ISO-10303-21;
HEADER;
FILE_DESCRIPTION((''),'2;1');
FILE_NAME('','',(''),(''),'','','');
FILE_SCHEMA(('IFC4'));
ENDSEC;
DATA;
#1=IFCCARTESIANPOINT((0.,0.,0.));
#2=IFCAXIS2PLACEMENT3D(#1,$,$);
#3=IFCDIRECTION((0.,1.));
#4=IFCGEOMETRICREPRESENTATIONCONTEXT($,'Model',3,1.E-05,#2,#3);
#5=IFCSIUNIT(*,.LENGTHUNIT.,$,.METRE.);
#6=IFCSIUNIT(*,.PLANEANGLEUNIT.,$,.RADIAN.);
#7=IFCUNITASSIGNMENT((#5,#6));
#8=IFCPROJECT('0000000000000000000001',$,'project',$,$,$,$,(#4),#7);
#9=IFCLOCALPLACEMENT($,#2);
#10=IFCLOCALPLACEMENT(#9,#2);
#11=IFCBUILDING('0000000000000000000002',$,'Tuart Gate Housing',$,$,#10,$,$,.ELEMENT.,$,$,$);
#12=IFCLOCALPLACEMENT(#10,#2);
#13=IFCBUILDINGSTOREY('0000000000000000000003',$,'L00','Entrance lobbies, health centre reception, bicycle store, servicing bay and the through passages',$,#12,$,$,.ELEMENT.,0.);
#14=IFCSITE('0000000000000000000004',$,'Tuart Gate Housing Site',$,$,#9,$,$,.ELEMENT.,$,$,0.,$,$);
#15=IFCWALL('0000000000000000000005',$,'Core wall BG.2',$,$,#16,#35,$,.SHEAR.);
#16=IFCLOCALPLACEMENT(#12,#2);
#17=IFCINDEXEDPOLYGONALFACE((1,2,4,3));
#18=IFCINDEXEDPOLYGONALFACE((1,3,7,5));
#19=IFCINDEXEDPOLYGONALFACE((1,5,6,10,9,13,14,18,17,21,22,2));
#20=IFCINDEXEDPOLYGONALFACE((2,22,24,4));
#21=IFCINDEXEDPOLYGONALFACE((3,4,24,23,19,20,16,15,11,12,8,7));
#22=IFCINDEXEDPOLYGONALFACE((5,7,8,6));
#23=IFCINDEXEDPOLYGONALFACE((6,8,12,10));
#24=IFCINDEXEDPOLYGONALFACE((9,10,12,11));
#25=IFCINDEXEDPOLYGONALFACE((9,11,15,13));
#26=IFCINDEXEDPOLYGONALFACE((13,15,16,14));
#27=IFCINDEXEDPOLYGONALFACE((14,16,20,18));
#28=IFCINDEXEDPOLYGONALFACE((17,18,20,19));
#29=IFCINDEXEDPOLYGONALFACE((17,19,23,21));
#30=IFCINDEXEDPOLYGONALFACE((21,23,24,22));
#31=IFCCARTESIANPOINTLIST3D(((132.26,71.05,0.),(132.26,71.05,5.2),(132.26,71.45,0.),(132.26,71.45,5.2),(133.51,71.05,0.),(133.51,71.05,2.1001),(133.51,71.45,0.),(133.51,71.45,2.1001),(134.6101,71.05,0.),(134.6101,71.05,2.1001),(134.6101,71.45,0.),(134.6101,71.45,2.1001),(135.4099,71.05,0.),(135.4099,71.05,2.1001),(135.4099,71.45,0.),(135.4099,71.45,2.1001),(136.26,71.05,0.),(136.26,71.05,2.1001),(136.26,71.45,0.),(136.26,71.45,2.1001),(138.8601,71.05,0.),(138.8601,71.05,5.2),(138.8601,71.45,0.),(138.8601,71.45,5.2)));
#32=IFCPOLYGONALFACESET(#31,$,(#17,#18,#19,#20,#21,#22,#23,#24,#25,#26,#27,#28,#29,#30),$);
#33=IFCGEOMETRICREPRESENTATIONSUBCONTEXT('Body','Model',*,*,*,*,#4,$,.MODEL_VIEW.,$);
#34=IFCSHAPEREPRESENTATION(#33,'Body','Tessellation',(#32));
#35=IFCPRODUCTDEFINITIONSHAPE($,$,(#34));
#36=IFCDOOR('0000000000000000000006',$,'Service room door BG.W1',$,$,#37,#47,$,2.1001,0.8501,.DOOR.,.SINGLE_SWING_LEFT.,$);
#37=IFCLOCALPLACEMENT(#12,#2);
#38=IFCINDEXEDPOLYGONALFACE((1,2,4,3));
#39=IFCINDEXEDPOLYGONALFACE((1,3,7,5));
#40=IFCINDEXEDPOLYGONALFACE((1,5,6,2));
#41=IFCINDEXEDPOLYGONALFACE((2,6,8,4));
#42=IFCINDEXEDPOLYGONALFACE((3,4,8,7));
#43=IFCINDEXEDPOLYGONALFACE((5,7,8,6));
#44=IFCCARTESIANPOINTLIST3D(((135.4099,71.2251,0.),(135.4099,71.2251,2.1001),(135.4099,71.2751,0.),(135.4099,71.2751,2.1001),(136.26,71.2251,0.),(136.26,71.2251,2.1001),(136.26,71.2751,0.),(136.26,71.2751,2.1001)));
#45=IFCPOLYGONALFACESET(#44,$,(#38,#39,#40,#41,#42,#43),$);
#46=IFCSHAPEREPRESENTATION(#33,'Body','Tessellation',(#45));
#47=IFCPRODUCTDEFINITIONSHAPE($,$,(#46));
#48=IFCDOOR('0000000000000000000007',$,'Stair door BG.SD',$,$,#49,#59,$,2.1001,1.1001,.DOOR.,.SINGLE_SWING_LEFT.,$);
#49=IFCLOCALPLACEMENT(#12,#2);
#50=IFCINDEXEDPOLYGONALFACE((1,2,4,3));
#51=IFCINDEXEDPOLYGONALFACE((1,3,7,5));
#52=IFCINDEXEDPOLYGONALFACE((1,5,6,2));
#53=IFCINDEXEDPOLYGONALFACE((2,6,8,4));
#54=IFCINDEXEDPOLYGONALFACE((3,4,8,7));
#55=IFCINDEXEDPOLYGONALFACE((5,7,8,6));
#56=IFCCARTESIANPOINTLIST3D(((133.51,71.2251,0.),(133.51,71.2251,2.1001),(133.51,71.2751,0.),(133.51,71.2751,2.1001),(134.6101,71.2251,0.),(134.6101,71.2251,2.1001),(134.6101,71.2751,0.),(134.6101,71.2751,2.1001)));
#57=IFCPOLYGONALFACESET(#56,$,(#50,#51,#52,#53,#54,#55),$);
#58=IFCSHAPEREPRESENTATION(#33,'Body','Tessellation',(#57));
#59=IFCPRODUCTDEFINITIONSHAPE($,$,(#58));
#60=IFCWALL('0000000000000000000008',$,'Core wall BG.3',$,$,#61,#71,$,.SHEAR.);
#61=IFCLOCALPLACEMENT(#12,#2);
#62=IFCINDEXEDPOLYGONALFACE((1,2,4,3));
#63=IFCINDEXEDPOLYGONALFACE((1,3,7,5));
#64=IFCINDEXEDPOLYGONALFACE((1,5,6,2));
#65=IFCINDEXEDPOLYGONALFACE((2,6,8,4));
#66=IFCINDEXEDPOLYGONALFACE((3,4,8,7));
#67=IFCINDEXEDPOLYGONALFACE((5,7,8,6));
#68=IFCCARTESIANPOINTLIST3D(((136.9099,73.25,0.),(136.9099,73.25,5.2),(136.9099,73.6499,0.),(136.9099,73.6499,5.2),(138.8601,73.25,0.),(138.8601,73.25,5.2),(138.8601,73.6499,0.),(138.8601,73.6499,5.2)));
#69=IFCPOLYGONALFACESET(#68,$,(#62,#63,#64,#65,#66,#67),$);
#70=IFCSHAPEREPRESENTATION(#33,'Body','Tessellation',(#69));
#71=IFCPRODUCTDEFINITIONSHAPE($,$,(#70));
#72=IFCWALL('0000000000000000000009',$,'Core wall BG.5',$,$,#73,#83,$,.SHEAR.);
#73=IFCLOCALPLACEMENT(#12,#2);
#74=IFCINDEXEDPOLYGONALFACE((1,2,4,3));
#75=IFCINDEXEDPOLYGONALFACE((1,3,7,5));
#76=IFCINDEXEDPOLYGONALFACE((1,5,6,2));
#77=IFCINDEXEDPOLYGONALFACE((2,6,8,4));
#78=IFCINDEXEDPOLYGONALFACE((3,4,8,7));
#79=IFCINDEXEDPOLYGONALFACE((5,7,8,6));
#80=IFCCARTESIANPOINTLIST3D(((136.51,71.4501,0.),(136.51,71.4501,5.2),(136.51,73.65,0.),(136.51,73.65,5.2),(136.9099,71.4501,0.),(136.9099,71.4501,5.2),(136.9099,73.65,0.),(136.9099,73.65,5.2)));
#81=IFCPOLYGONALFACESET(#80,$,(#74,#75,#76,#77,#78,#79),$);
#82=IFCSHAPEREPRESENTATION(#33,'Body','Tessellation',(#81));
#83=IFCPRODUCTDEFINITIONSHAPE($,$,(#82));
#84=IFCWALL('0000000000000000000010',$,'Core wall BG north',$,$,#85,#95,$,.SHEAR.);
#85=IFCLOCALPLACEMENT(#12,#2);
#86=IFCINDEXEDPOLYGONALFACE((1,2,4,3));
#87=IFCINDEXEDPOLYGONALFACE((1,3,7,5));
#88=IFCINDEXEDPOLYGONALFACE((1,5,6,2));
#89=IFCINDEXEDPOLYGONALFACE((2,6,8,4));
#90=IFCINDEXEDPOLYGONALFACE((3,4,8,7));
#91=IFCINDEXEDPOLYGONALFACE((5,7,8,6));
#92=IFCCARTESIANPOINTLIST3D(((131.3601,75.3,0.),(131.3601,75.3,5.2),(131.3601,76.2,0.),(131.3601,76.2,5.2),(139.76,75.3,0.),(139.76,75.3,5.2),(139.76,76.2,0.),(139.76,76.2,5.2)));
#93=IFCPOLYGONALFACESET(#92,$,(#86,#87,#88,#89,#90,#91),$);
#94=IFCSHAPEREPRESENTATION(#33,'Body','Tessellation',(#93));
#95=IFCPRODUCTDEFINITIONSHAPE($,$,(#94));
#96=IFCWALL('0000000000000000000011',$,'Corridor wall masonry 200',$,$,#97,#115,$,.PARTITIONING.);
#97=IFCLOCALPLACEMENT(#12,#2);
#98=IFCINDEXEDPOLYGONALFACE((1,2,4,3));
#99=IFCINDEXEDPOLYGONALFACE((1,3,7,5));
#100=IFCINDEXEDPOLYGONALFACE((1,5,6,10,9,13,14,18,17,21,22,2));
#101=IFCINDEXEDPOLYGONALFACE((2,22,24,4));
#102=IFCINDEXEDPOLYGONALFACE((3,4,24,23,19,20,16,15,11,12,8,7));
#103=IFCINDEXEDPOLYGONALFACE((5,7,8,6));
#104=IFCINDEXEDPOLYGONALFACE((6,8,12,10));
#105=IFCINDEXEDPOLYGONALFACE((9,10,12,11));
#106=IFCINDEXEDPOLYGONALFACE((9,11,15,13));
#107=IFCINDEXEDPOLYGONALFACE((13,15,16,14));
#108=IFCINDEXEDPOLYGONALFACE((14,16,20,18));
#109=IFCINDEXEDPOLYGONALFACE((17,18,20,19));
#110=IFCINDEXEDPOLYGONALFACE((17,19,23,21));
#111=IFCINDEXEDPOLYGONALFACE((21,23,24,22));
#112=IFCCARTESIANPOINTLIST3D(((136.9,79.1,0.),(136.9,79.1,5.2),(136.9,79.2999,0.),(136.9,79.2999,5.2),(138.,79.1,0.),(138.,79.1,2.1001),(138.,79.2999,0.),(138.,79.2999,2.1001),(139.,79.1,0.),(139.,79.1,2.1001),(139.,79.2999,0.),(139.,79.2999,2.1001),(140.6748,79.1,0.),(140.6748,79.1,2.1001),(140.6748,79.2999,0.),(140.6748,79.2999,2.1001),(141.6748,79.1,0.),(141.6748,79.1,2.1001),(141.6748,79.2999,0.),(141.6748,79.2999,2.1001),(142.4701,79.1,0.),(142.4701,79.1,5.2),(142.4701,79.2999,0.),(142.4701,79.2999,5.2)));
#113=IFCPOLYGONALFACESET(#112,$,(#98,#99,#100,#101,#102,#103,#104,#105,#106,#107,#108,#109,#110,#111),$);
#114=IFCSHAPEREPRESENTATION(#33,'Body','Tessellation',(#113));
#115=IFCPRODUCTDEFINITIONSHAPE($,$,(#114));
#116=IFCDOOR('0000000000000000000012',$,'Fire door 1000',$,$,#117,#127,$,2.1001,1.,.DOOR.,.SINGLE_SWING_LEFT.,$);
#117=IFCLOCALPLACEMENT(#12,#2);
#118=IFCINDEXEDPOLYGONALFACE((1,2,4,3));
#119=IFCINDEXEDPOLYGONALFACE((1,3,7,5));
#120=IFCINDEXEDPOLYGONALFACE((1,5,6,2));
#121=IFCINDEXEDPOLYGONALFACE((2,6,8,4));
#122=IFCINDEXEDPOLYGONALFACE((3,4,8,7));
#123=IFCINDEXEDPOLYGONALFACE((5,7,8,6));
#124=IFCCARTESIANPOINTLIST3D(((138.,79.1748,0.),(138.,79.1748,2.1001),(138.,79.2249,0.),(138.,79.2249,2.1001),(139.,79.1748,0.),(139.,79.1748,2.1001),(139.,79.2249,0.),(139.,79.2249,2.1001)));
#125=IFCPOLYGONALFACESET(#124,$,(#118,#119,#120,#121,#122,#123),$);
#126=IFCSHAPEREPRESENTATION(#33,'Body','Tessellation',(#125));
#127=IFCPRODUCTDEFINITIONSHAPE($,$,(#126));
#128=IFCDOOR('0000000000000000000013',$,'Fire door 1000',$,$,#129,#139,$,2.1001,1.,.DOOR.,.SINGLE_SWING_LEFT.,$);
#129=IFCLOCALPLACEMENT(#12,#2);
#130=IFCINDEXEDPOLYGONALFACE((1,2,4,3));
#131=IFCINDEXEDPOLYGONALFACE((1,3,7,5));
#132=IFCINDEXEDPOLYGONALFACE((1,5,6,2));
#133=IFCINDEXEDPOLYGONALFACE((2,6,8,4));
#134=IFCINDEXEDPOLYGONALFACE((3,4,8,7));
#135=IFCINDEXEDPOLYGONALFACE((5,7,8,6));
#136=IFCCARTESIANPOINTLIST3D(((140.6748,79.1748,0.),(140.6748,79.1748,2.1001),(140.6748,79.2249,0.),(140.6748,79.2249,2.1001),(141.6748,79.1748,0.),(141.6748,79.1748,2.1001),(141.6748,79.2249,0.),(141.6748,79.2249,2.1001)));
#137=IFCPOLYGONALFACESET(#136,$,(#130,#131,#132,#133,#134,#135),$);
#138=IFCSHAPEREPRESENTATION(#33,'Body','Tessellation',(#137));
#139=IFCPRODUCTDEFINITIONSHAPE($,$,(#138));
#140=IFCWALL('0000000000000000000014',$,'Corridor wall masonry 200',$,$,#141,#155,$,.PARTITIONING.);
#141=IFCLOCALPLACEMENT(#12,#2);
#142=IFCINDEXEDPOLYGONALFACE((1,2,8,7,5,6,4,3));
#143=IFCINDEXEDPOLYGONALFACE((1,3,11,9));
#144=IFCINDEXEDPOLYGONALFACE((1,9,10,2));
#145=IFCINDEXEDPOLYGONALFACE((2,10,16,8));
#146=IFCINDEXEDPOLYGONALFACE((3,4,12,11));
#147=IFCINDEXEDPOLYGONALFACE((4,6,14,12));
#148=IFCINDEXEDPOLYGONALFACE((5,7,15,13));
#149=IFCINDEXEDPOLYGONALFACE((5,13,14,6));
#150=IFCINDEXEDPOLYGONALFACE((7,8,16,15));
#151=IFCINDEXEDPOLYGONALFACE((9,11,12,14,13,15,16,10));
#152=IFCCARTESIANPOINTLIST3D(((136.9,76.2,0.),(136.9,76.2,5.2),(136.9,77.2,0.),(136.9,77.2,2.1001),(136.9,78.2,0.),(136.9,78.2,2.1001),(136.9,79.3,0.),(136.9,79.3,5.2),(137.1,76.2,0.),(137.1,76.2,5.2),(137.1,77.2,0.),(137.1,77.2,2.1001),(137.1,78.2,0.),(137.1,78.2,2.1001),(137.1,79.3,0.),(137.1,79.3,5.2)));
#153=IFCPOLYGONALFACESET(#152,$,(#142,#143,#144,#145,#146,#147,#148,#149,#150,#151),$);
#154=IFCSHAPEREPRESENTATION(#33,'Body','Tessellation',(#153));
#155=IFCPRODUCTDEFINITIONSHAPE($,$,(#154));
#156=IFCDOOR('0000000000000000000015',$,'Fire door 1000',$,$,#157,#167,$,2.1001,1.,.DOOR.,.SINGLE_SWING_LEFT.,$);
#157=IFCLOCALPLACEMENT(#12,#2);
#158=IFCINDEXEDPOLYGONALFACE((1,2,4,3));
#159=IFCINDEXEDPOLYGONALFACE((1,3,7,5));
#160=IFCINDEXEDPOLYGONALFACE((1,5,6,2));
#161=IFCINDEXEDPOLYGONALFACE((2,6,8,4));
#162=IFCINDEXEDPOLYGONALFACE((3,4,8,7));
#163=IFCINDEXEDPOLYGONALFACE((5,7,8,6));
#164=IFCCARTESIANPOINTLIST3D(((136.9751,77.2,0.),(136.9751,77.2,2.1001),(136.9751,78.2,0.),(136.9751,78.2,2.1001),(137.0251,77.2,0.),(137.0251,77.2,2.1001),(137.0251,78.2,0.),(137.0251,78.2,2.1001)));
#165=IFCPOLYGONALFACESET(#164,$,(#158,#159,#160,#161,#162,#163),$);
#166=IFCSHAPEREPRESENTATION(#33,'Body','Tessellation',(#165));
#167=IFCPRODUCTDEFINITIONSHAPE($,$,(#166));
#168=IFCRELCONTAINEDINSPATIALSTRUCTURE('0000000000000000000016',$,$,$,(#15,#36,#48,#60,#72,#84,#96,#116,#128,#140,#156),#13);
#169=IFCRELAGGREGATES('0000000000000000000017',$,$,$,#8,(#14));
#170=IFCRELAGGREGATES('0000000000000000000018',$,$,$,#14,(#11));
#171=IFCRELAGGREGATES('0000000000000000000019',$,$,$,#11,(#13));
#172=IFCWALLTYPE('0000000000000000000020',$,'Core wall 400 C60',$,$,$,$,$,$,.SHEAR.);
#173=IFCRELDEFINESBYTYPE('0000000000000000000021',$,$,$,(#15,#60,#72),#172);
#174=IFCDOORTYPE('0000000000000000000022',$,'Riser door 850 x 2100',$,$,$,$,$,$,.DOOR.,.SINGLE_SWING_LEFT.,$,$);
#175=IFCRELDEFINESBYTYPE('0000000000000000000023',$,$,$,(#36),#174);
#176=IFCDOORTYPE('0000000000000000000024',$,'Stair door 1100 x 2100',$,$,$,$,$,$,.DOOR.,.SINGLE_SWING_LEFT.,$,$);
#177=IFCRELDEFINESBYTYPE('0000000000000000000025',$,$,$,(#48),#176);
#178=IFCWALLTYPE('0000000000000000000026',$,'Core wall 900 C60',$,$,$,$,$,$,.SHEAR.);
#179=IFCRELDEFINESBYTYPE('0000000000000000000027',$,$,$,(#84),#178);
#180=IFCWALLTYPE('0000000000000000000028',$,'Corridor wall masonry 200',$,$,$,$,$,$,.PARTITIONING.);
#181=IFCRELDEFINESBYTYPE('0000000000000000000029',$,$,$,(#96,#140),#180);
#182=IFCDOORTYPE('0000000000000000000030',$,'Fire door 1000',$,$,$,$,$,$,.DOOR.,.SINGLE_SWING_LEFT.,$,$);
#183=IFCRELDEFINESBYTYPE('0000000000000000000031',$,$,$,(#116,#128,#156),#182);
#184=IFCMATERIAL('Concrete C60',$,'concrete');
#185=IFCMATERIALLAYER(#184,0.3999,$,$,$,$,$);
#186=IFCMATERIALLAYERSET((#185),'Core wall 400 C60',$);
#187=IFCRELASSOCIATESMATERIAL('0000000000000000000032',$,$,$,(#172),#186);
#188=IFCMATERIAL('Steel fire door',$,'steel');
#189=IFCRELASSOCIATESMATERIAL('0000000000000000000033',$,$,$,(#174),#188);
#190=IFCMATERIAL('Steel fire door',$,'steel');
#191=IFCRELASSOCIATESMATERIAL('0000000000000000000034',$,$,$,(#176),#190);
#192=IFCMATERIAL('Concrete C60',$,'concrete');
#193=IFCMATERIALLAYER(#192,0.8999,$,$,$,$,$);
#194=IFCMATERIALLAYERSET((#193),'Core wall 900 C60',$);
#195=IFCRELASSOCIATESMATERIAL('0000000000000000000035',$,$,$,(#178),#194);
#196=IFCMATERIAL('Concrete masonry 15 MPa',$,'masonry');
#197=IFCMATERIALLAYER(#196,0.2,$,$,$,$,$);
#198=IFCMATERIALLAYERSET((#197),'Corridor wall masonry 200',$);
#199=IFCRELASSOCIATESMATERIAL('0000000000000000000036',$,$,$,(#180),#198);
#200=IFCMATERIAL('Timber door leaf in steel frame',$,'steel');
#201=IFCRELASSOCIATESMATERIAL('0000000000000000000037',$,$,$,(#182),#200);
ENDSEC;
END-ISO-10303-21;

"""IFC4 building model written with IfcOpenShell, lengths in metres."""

from ifc_helpers import new_model, si_unit, direction, frame, frame_2d, origin, place, context, subcontext, project, spatial, rectangle, extrude, material, layer, layer_set, type_object, element, fill, save


model = new_model("IFC4")

# Units and contexts
model_context = context("Model", 3, precision=1e-05, world=origin(), true_north=direction((0.0, 1.0)))
body_context = subcontext(model_context, "Body", "Model", "MODEL_VIEW")
ifc_project = project(units=[si_unit("LENGTHUNIT", "METRE"), si_unit("PLANEANGLEUNIT", "RADIAN")], contexts=[model_context])

# Site, building, storey
site_placement = place(None, origin())
site = spatial("IfcSite", under=ifc_project, at=site_placement, Name="Tuart Gate Housing Site", CompositionType="ELEMENT", RefElevation=0.0)
building_placement = place(site_placement, origin())
building = spatial("IfcBuilding", under=site, at=building_placement, Name="Tuart Gate Housing", CompositionType="ELEMENT")
storey_placement = place(building_placement, origin())
storey = spatial("IfcBuildingStorey", under=building, at=storey_placement, Name="L00", Description="Entrance lobbies, health centre reception, bicycle store, servicing bay and the through passages", CompositionType="ELEMENT", Elevation=0.0)

# Wall, openings, doors
ifc_material_1 = material(Name="Concrete C60", Category="concrete")
ifc_layer_1 = layer(ifc_material_1, 0.3999)
ifc_layer_set_1 = layer_set([ifc_layer_1], Name="Core wall 400 C60")
wall_type_1 = type_object("IfcWallType", Name="Core wall 400 C60", PredefinedType="SHEAR", material=ifc_layer_set_1)
wall_1_placement = place(storey_placement, frame((138.8601, 71.25, 0.0), z_axis=(0.0, 0.0, 1.0), x_axis=(-1.0, 0.0, 0.0)))
wall_1 = element("IfcWall", 1, at=wall_1_placement, inside=storey, type_object=wall_type_1, Name="Core wall BG.2", PredefinedType="SHEAR", context=body_context, shape_type="SweptSolid", body=[
    extrude(rectangle(XDim=6.6001, YDim=0.3999, at=frame_2d((3.3, 0.0))), origin(), (0.0, 0.0, 1.0), 5.2),
])
opening_1_placement = place(wall_1_placement, frame((4.25, 0.0, 0.0)))
opening_1 = element("IfcOpeningElement", 2, at=opening_1_placement, cuts=wall_1, PredefinedType="OPENING", context=body_context, shape_type="SweptSolid", body=[
    extrude(rectangle(XDim=1.1001, YDim=2.1001, at=frame_2d((0.55, 1.05))), frame((0.0, 0.21, 0.0), z_axis=(0.0, -1.0, 0.0), x_axis=(1.0, 0.0, 0.0)), (0.0, 0.0, 1.0), 0.4199),
])
opening_2_placement = place(wall_1_placement, frame((2.6001, 0.0, 0.0)))
opening_2 = element("IfcOpeningElement", 3, at=opening_2_placement, cuts=wall_1, PredefinedType="OPENING", context=body_context, shape_type="SweptSolid", body=[
    extrude(rectangle(XDim=0.8501, YDim=2.1001, at=frame_2d((0.425, 1.05))), frame((0.0, 0.21, 0.0), z_axis=(0.0, -1.0, 0.0), x_axis=(1.0, 0.0, 0.0)), (0.0, 0.0, 1.0), 0.4199),
])
ifc_material_2 = material(Name="Steel fire door", Category="steel")
door_type_1 = type_object("IfcDoorType", Name="Riser door 850 x 2100", OperationType="SINGLE_SWING_LEFT", PredefinedType="DOOR", material=ifc_material_2)
door_1_placement = place(opening_2_placement, origin())
door_1 = element("IfcDoor", 4, at=door_1_placement, inside=storey, type_object=door_type_1, Name="Service room door BG.W1", OperationType="SINGLE_SWING_LEFT", OverallHeight=2.1001, OverallWidth=0.8501, PredefinedType="DOOR", context=body_context, shape_type="SweptSolid", body=[
    extrude(rectangle(XDim=0.8501, YDim=2.1001, at=frame_2d((0.425, 1.05))), frame((0.0, 0.0249, 0.0), z_axis=(0.0, -1.0, 0.0), x_axis=(1.0, 0.0, 0.0)), (0.0, 0.0, 1.0), 0.05),
])
fill(opening_2, door_1)
ifc_material_3 = material(Name="Steel fire door", Category="steel")
door_type_2 = type_object("IfcDoorType", Name="Stair door 1100 x 2100", OperationType="SINGLE_SWING_LEFT", PredefinedType="DOOR", material=ifc_material_3)
door_2_placement = place(opening_1_placement, origin())
door_2 = element("IfcDoor", 5, at=door_2_placement, inside=storey, type_object=door_type_2, Name="Stair door BG.SD", OperationType="SINGLE_SWING_LEFT", OverallHeight=2.1001, OverallWidth=1.1001, PredefinedType="DOOR", context=body_context, shape_type="SweptSolid", body=[
    extrude(rectangle(XDim=1.1001, YDim=2.1001, at=frame_2d((0.55, 1.05))), frame((0.0, 0.0249, 0.0), z_axis=(0.0, -1.0, 0.0), x_axis=(1.0, 0.0, 0.0)), (0.0, 0.0, 1.0), 0.05),
])
fill(opening_1, door_2)

# Walls
wall_2_placement = place(storey_placement, frame((138.8601, 73.45, 0.0), z_axis=(0.0, 0.0, 1.0), x_axis=(-1.0, 0.0, 0.0)))
element("IfcWall", 6, at=wall_2_placement, inside=storey, type_object=wall_type_1, Name="Core wall BG.3", PredefinedType="SHEAR", context=body_context, shape_type="SweptSolid", body=[
    extrude(rectangle(XDim=1.9502, YDim=0.3999, at=frame_2d((0.9751, 0.0))), origin(), (0.0, 0.0, 1.0), 5.2),
])
wall_3_placement = place(storey_placement, frame((136.71, 71.45, 0.0), z_axis=(0.0, 0.0, 1.0), x_axis=(0.0, 1.0, 0.0)))
element("IfcWall", 7, at=wall_3_placement, inside=storey, type_object=wall_type_1, Name="Core wall BG.5", PredefinedType="SHEAR", context=body_context, shape_type="SweptSolid", body=[
    extrude(rectangle(XDim=2.2, YDim=0.3999, at=frame_2d((1.1001, 0.0))), origin(), (0.0, 0.0, 1.0), 5.2),
])
ifc_material_4 = material(Name="Concrete C60", Category="concrete")
ifc_layer_2 = layer(ifc_material_4, 0.8999)
ifc_layer_set_2 = layer_set([ifc_layer_2], Name="Core wall 900 C60")
wall_type_2 = type_object("IfcWallType", Name="Core wall 900 C60", PredefinedType="SHEAR", material=ifc_layer_set_2)
wall_4_placement = place(storey_placement, frame((139.76, 75.75, 0.0), z_axis=(0.0, 0.0, 1.0), x_axis=(-1.0, 0.0, 0.0)))
element("IfcWall", 8, at=wall_4_placement, inside=storey, type_object=wall_type_2, Name="Core wall BG north", PredefinedType="SHEAR", context=body_context, shape_type="SweptSolid", body=[
    extrude(rectangle(XDim=8.3999, YDim=0.8999, at=frame_2d((4.2, 0.0))), origin(), (0.0, 0.0, 1.0), 5.2),
])

# Wall, openings, doors
ifc_material_5 = material(Name="Concrete masonry 15 MPa", Category="masonry")
ifc_layer_3 = layer(ifc_material_5, 0.2)
ifc_layer_set_3 = layer_set([ifc_layer_3], Name="Corridor wall masonry 200")
wall_type_3 = type_object("IfcWallType", Name="Corridor wall masonry 200", PredefinedType="PARTITIONING", material=ifc_layer_set_3)
wall_5_placement = place(storey_placement, frame((136.8999, 79.2, 0.0), z_axis=(0.0, 0.0, 1.0), x_axis=(1.0, 0.0, 0.0)))
wall_5 = element("IfcWall", 9, at=wall_5_placement, inside=storey, type_object=wall_type_3, Name="Corridor wall masonry 200", PredefinedType="PARTITIONING", context=body_context, shape_type="SweptSolid", body=[
    extrude(rectangle(XDim=5.5701, YDim=0.2, at=frame_2d((2.7852, 0.0))), origin(), (0.0, 0.0, 1.0), 5.2),
])
opening_3_placement = place(wall_5_placement, frame((1.1001, 0.0, 0.0)))
opening_3 = element("IfcOpeningElement", 10, at=opening_3_placement, cuts=wall_5, PredefinedType="OPENING", context=body_context, shape_type="SweptSolid", body=[
    extrude(rectangle(XDim=1.0, YDim=2.1001, at=frame_2d((0.5, 1.05))), frame((0.0, 0.1099, 0.0), z_axis=(0.0, -1.0, 0.0), x_axis=(1.0, 0.0, 0.0)), (0.0, 0.0, 1.0), 0.22),
])
opening_4_placement = place(wall_5_placement, frame((3.7749, 0.0, 0.0)))
opening_4 = element("IfcOpeningElement", 11, at=opening_4_placement, cuts=wall_5, PredefinedType="OPENING", context=body_context, shape_type="SweptSolid", body=[
    extrude(rectangle(XDim=1.0, YDim=2.1001, at=frame_2d((0.5, 1.05))), frame((0.0, 0.1099, 0.0), z_axis=(0.0, -1.0, 0.0), x_axis=(1.0, 0.0, 0.0)), (0.0, 0.0, 1.0), 0.22),
])
ifc_material_6 = material(Name="Timber door leaf in steel frame", Category="steel")
door_type_3 = type_object("IfcDoorType", Name="Fire door 1000", OperationType="SINGLE_SWING_LEFT", PredefinedType="DOOR", material=ifc_material_6)
door_3_placement = place(opening_3_placement, origin())
door_3 = element("IfcDoor", 12, at=door_3_placement, inside=storey, type_object=door_type_3, Name="Fire door 1000", OperationType="SINGLE_SWING_LEFT", OverallHeight=2.1001, OverallWidth=1.0, PredefinedType="DOOR", context=body_context, shape_type="SweptSolid", body=[
    extrude(rectangle(XDim=1.0, YDim=2.1001, at=frame_2d((0.5, 1.05))), frame((0.0, 0.0249, 0.0), z_axis=(0.0, -1.0, 0.0), x_axis=(1.0, 0.0, 0.0)), (0.0, 0.0, 1.0), 0.05),
])
fill(opening_3, door_3)
door_4_placement = place(opening_4_placement, origin())
door_4 = element("IfcDoor", 13, at=door_4_placement, inside=storey, type_object=door_type_3, Name="Fire door 1000", OperationType="SINGLE_SWING_LEFT", OverallHeight=2.1001, OverallWidth=1.0, PredefinedType="DOOR", context=body_context, shape_type="SweptSolid", body=[
    extrude(rectangle(XDim=1.0, YDim=2.1001, at=frame_2d((0.5, 1.05))), frame((0.0, 0.0249, 0.0), z_axis=(0.0, -1.0, 0.0), x_axis=(1.0, 0.0, 0.0)), (0.0, 0.0, 1.0), 0.05),
])
fill(opening_4, door_4)

# Wall, opening, door
wall_6_placement = place(storey_placement, frame((137.0, 76.2, 0.0), z_axis=(0.0, 0.0, 1.0), x_axis=(0.0, 1.0, 0.0)))
wall_6 = element("IfcWall", 14, at=wall_6_placement, inside=storey, type_object=wall_type_3, Name="Corridor wall masonry 200", PredefinedType="PARTITIONING", context=body_context, shape_type="SweptSolid", body=[
    extrude(rectangle(XDim=3.1001, YDim=0.2, at=frame_2d((1.55, 0.0))), origin(), (0.0, 0.0, 1.0), 5.2),
])
opening_5_placement = place(wall_6_placement, frame((1.0, 0.0, 0.0)))
opening_5 = element("IfcOpeningElement", 15, at=opening_5_placement, cuts=wall_6, PredefinedType="OPENING", context=body_context, shape_type="SweptSolid", body=[
    extrude(rectangle(XDim=1.0, YDim=2.1001, at=frame_2d((0.5, 1.05))), frame((0.0, 0.1099, 0.0), z_axis=(0.0, -1.0, 0.0), x_axis=(1.0, 0.0, 0.0)), (0.0, 0.0, 1.0), 0.22),
])
door_5_placement = place(opening_5_placement, origin())
door_5 = element("IfcDoor", 16, at=door_5_placement, inside=storey, type_object=door_type_3, Name="Fire door 1000", OperationType="SINGLE_SWING_LEFT", OverallHeight=2.1001, OverallWidth=1.0, PredefinedType="DOOR", context=body_context, shape_type="SweptSolid", body=[
    extrude(rectangle(XDim=1.0, YDim=2.1001, at=frame_2d((0.5, 1.05))), frame((0.0, 0.0249, 0.0), z_axis=(0.0, -1.0, 0.0), x_axis=(1.0, 0.0, 0.0)), (0.0, 0.0, 1.0), 0.05),
])
fill(opening_5, door_5)

save(model, "model.ifc")
